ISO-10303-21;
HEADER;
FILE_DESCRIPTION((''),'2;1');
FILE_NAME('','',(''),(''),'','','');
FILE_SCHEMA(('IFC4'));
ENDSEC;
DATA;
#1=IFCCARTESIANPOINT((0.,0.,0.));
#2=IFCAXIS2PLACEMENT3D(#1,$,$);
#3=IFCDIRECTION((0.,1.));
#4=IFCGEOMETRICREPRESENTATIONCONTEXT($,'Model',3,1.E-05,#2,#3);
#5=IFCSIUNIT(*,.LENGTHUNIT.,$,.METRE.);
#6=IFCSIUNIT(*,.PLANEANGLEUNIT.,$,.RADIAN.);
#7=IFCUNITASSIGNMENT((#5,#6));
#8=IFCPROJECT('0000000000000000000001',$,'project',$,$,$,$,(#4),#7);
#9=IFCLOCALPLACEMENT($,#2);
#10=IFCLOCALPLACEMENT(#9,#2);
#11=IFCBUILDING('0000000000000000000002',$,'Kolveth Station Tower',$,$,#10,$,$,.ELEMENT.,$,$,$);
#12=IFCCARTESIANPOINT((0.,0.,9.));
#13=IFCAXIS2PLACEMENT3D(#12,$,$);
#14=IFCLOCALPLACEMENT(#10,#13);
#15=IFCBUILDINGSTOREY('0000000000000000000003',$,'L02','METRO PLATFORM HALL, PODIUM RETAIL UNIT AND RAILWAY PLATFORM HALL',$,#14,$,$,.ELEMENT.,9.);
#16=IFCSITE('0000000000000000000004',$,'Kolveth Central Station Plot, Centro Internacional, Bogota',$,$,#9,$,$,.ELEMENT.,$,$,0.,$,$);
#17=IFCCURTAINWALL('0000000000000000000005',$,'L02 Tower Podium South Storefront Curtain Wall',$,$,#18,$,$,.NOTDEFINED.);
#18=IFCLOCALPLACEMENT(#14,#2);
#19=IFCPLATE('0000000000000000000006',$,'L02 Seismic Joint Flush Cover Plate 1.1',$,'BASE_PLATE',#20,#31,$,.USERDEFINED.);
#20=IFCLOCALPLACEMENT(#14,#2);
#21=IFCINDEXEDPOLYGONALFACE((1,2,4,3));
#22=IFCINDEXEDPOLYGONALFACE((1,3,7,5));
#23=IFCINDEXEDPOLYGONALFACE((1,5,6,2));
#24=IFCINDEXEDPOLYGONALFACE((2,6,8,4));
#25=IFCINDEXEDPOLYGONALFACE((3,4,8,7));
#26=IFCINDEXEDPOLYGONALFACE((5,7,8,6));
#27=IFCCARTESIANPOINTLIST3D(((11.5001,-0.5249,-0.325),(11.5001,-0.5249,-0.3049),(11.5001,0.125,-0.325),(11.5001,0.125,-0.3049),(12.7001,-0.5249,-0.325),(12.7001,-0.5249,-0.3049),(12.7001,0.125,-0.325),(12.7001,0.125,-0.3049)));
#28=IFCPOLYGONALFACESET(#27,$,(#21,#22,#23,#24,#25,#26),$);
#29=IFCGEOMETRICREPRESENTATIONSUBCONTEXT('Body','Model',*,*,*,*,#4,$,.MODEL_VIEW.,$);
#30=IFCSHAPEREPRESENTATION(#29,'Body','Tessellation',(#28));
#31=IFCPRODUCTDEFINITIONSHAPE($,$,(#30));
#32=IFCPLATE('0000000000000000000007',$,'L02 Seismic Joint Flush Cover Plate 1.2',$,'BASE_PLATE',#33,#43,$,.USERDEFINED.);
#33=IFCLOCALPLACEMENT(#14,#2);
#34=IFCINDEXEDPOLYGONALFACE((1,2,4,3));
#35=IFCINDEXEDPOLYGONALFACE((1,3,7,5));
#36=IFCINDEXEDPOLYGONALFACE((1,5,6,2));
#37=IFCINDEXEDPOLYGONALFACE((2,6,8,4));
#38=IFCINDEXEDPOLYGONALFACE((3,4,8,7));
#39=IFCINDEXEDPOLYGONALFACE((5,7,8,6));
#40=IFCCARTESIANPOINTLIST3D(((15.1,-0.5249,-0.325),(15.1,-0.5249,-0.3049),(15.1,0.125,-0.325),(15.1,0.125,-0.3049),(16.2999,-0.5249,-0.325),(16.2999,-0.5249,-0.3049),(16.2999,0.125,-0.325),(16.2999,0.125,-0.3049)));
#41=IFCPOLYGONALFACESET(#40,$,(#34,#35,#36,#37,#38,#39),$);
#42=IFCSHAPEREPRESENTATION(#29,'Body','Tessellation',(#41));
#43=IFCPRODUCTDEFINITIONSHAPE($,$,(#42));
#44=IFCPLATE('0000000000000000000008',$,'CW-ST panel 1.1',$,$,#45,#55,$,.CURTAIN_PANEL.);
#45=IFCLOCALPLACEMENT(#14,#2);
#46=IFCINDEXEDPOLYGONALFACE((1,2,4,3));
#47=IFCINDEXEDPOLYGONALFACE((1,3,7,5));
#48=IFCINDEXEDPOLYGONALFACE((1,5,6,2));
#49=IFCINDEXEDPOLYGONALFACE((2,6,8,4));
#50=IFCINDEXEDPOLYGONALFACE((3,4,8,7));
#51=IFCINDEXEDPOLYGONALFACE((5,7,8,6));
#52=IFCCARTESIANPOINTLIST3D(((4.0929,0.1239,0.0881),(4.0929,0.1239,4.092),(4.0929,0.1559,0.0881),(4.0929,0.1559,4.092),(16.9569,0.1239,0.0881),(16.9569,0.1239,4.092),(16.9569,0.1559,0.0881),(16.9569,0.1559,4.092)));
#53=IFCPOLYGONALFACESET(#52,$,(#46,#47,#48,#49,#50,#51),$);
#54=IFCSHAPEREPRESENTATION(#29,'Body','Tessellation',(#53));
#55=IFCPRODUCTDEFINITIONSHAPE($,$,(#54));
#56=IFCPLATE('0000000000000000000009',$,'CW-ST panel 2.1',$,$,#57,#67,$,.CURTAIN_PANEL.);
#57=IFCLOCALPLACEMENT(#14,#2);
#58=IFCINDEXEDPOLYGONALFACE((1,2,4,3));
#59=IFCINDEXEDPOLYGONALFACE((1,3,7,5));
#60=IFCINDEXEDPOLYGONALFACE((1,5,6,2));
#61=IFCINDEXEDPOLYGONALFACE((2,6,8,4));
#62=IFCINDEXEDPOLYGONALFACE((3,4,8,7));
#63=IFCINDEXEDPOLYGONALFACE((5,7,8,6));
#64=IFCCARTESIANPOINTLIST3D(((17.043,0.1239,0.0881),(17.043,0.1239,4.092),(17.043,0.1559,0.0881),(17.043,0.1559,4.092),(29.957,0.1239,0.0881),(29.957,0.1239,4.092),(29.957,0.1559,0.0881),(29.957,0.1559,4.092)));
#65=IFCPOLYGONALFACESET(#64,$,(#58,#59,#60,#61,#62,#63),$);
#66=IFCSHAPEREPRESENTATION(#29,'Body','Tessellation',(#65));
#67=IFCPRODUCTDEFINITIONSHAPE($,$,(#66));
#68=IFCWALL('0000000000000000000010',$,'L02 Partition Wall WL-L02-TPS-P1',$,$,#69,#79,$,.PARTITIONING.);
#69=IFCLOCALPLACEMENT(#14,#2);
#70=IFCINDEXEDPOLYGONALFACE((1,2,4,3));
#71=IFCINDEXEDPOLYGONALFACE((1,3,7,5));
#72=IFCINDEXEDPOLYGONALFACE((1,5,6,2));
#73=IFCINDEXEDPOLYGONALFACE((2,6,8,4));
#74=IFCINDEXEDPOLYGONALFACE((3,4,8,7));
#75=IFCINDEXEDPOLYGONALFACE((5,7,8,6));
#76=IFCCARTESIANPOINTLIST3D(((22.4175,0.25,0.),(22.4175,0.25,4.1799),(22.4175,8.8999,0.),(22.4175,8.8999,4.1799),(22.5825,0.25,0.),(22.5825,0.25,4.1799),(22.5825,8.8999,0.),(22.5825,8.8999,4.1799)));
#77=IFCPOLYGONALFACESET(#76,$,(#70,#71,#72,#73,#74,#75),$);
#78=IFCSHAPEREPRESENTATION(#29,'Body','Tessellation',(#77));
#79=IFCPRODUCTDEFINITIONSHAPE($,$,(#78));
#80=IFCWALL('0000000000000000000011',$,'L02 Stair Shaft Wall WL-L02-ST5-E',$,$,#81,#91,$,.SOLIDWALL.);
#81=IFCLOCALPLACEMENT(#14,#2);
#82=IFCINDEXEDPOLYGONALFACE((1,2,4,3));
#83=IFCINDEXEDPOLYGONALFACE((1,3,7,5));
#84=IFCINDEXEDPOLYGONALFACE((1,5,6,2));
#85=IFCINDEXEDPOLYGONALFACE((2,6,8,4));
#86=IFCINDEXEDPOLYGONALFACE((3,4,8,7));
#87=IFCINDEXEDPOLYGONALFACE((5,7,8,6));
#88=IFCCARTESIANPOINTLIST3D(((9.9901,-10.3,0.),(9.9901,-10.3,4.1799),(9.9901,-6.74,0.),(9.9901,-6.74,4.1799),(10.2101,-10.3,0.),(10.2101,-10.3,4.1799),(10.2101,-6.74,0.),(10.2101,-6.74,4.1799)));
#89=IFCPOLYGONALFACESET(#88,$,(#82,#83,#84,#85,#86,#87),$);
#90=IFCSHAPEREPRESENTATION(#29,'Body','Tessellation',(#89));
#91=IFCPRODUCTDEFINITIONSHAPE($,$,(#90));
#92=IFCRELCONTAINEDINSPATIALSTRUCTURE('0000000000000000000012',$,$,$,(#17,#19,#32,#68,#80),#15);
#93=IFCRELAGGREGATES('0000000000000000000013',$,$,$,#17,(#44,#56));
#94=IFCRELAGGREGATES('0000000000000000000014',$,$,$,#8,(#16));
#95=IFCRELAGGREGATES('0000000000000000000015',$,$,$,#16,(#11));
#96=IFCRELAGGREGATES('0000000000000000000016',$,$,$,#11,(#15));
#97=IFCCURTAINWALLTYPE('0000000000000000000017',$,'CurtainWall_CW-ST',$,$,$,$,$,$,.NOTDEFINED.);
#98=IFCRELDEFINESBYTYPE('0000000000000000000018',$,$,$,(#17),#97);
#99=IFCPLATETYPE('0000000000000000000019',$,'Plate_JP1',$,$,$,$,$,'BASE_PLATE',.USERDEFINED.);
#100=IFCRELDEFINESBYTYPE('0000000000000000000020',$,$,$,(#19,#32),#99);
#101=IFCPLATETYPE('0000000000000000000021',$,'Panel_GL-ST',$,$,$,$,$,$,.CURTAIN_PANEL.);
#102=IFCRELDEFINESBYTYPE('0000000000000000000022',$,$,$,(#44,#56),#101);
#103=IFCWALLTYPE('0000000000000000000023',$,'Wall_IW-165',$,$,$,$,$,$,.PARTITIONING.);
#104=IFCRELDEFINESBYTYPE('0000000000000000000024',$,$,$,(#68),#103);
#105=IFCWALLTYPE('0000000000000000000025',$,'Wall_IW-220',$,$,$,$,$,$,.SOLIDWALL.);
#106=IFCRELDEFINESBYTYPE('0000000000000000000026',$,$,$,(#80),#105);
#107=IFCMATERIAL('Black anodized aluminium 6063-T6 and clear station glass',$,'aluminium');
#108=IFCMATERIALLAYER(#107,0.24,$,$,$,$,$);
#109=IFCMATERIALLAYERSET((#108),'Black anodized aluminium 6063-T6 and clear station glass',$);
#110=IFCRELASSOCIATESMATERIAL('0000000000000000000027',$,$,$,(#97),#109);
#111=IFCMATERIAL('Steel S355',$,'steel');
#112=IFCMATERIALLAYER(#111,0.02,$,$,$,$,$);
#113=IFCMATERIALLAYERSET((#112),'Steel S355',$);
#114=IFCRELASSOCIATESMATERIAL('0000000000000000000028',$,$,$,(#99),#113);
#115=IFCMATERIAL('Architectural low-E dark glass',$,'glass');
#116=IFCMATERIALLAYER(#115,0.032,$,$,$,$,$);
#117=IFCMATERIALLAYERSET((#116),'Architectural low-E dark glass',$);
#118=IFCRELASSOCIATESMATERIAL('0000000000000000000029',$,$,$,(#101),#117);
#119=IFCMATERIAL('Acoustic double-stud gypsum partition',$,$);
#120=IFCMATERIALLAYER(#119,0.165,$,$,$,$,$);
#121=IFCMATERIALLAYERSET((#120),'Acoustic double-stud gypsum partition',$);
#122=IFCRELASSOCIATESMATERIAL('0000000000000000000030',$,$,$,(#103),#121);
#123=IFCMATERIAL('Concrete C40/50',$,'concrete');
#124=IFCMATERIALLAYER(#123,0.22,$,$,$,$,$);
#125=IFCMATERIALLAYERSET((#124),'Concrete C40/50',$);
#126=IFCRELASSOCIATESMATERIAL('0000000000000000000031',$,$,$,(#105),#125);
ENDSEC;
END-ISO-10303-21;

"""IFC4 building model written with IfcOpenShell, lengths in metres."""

from ifc_helpers import new_model, si_unit, direction, frame, frame_2d, origin, origin_2d, place, context, subcontext, project, spatial, rectangle, extrude, source, transform, mapped, material, layer, layer_set, type_object, element, aggregate, save


model = new_model("IFC4")

# Units and contexts
model_context = context("Model", 3, precision=1e-05, world=origin(), true_north=direction((0.0, 1.0)))
body_context = subcontext(model_context, "Body", "Model", "MODEL_VIEW")
ifc_project = project(units=[si_unit("LENGTHUNIT", "METRE"), si_unit("PLANEANGLEUNIT", "RADIAN")], contexts=[model_context])

# Site, building, storey
site_placement = place(None, origin())
site = spatial("IfcSite", under=ifc_project, at=site_placement, Name="Kolveth Central Station Plot, Centro Internacional, Bogota", CompositionType="ELEMENT", RefElevation=0.0)
building_placement = place(site_placement, origin())
building = spatial("IfcBuilding", under=site, at=building_placement, Name="Kolveth Station Tower", CompositionType="ELEMENT")
storey_placement = place(building_placement, frame((0.0, 0.0, 9.0)))
storey = spatial("IfcBuildingStorey", under=building, at=storey_placement, Name="L02", Description="METRO PLATFORM HALL, PODIUM RETAIL UNIT AND RAILWAY PLATFORM HALL", CompositionType="ELEMENT", Elevation=9.0)

# Shared definitions
ifc_material_1 = material(Name="Steel S355", Category="steel")

# Curtain wall
ifc_material_2 = material(Name="Black anodized aluminium 6063-T6 and clear station glass", Category="aluminium")
ifc_layer_1 = layer(ifc_material_2, 0.24)
ifc_layer_set_1 = layer_set([ifc_layer_1], Name="Black anodized aluminium 6063-T6 and clear station glass")
curtain_wall_type = type_object("IfcCurtainWallType", Name="CurtainWall_CW-ST", PredefinedType="NOTDEFINED", material=ifc_layer_set_1)
curtain_wall_1_placement = place(storey_placement, origin())
curtain_wall_1 = element("IfcCurtainWall", 1, at=curtain_wall_1_placement, inside=storey, type_object=curtain_wall_type, Name="L02 Tower Podium South Storefront Curtain Wall", PredefinedType="NOTDEFINED")

# Plates
ifc_layer_2 = layer(ifc_material_1, 0.02)
ifc_layer_set_2 = layer_set([ifc_layer_2], Name="Steel S355")
plate_type_1 = type_object("IfcPlateType", Name="Plate_JP1", ElementType="BASE_PLATE", PredefinedType="USERDEFINED", material=ifc_layer_set_2)
shared_shape_1 = source(origin(), body_context, "Body", "SweptSolid", [
    extrude(rectangle(XDim=1.2, YDim=0.6499, at=origin_2d()), origin(), (0.0, 0.0, 1.0), 0.02),
])
for number, where, z_axis, x_axis, name in (
    (2, (12.1001, -0.2, -0.325), (0.0, 0.0, 1.0), (1.0, 0.0, 0.0), "L02 Seismic Joint Flush Cover Plate 1.1"),
    (3, (15.7, -0.2, -0.325), (0.0, 0.0, 1.0), (1.0, 0.0, 0.0), "L02 Seismic Joint Flush Cover Plate 1.2"),
):
    element("IfcPlate", number, at=place(storey_placement, frame(where, z_axis=z_axis, x_axis=x_axis)), inside=storey, type_object=plate_type_1, Name=name, ObjectType="BASE_PLATE", PredefinedType="USERDEFINED", context=body_context, shape_type="MappedRepresentation", body=[
        mapped(shared_shape_1, transform((0.0, 0.0, 0.0), x_axis=(1.0, 0.0, 0.0), y_axis=(0.0, 1.0, 0.0), z_axis=(0.0, 0.0, 1.0), scale=1.0)),
    ])

# Plates
ifc_material_3 = material(Name="Architectural low-E dark glass", Category="glass")
ifc_layer_3 = layer(ifc_material_3, 0.032)
ifc_layer_set_3 = layer_set([ifc_layer_3], Name="Architectural low-E dark glass")
plate_type_2 = type_object("IfcPlateType", Name="Panel_GL-ST", PredefinedType="CURTAIN_PANEL", material=ifc_layer_set_3)
shared_shape_2 = source(origin(), body_context, "Body", "SweptSolid", [
    extrude(rectangle(XDim=12.864, YDim=0.032, at=origin_2d()), origin(), (0.0, 0.0, 1.0), 4.0039),
])
plate_1_placement = place(storey_placement, frame((10.5249, 0.1399, 0.0881), z_axis=(0.0, 0.0, 1.0), x_axis=(1.0, 0.0, 0.0)))
plate_1 = element("IfcPlate", 4, at=plate_1_placement, type_object=plate_type_2, Name="CW-ST panel 1.1", PredefinedType="CURTAIN_PANEL", context=body_context, shape_type="MappedRepresentation", body=[
    mapped(shared_shape_2, transform((0.0, 0.0, 0.0), x_axis=(1.0, 0.0, 0.0), y_axis=(0.0, 1.0, 0.0), z_axis=(0.0, 0.0, 1.0), scale=1.0)),
])
shared_shape_3 = source(origin(), body_context, "Body", "SweptSolid", [
    extrude(rectangle(XDim=12.9141, YDim=0.032, at=origin_2d()), origin(), (0.0, 0.0, 1.0), 4.0039),
])
plate_2_placement = place(storey_placement, frame((23.5, 0.1399, 0.0881), z_axis=(0.0, 0.0, 1.0), x_axis=(1.0, 0.0, 0.0)))
plate_2 = element("IfcPlate", 5, at=plate_2_placement, type_object=plate_type_2, Name="CW-ST panel 2.1", PredefinedType="CURTAIN_PANEL", context=body_context, shape_type="MappedRepresentation", body=[
    mapped(shared_shape_3, transform((0.0, 0.0, 0.0), x_axis=(1.0, 0.0, 0.0), y_axis=(0.0, 1.0, 0.0), z_axis=(0.0, 0.0, 1.0), scale=1.0)),
])
aggregate(curtain_wall_1, [plate_1, plate_2])

# Walls
ifc_material_4 = material(Name="Acoustic double-stud gypsum partition")
ifc_layer_4 = layer(ifc_material_4, 0.165)
ifc_layer_set_4 = layer_set([ifc_layer_4], Name="Acoustic double-stud gypsum partition")
wall_type_1 = type_object("IfcWallType", Name="Wall_IW-165", PredefinedType="PARTITIONING", material=ifc_layer_set_4)
wall_1_placement = place(storey_placement, frame((22.5, 0.25, 0.0), z_axis=(0.0, 0.0, 1.0), x_axis=(0.0, 1.0, 0.0)))
element("IfcWall", 6, at=wall_1_placement, inside=storey, type_object=wall_type_1, Name="L02 Partition Wall WL-L02-TPS-P1", PredefinedType="PARTITIONING", context=body_context, shape_type="SweptSolid", body=[
    extrude(rectangle(XDim=8.6499, YDim=0.165, at=frame_2d((4.325, 0.0))), origin(), (0.0, 0.0, 1.0), 4.1799),
])
ifc_material_5 = material(Name="Concrete C40/50", Category="concrete")
ifc_layer_5 = layer(ifc_material_5, 0.22)
ifc_layer_set_5 = layer_set([ifc_layer_5], Name="Concrete C40/50")
wall_type_2 = type_object("IfcWallType", Name="Wall_IW-220", PredefinedType="SOLIDWALL", material=ifc_layer_set_5)
wall_2_placement = place(storey_placement, frame((10.1001, -10.3, 0.0), z_axis=(0.0, 0.0, 1.0), x_axis=(0.0, 1.0, 0.0)))
element("IfcWall", 7, at=wall_2_placement, inside=storey, type_object=wall_type_2, Name="L02 Stair Shaft Wall WL-L02-ST5-E", PredefinedType="SOLIDWALL", context=body_context, shape_type="SweptSolid", body=[
    extrude(rectangle(XDim=3.5601, YDim=0.22, at=frame_2d((1.78, 0.0))), origin(), (0.0, 0.0, 1.0), 4.1799),
])

save(model, "model.ifc")
